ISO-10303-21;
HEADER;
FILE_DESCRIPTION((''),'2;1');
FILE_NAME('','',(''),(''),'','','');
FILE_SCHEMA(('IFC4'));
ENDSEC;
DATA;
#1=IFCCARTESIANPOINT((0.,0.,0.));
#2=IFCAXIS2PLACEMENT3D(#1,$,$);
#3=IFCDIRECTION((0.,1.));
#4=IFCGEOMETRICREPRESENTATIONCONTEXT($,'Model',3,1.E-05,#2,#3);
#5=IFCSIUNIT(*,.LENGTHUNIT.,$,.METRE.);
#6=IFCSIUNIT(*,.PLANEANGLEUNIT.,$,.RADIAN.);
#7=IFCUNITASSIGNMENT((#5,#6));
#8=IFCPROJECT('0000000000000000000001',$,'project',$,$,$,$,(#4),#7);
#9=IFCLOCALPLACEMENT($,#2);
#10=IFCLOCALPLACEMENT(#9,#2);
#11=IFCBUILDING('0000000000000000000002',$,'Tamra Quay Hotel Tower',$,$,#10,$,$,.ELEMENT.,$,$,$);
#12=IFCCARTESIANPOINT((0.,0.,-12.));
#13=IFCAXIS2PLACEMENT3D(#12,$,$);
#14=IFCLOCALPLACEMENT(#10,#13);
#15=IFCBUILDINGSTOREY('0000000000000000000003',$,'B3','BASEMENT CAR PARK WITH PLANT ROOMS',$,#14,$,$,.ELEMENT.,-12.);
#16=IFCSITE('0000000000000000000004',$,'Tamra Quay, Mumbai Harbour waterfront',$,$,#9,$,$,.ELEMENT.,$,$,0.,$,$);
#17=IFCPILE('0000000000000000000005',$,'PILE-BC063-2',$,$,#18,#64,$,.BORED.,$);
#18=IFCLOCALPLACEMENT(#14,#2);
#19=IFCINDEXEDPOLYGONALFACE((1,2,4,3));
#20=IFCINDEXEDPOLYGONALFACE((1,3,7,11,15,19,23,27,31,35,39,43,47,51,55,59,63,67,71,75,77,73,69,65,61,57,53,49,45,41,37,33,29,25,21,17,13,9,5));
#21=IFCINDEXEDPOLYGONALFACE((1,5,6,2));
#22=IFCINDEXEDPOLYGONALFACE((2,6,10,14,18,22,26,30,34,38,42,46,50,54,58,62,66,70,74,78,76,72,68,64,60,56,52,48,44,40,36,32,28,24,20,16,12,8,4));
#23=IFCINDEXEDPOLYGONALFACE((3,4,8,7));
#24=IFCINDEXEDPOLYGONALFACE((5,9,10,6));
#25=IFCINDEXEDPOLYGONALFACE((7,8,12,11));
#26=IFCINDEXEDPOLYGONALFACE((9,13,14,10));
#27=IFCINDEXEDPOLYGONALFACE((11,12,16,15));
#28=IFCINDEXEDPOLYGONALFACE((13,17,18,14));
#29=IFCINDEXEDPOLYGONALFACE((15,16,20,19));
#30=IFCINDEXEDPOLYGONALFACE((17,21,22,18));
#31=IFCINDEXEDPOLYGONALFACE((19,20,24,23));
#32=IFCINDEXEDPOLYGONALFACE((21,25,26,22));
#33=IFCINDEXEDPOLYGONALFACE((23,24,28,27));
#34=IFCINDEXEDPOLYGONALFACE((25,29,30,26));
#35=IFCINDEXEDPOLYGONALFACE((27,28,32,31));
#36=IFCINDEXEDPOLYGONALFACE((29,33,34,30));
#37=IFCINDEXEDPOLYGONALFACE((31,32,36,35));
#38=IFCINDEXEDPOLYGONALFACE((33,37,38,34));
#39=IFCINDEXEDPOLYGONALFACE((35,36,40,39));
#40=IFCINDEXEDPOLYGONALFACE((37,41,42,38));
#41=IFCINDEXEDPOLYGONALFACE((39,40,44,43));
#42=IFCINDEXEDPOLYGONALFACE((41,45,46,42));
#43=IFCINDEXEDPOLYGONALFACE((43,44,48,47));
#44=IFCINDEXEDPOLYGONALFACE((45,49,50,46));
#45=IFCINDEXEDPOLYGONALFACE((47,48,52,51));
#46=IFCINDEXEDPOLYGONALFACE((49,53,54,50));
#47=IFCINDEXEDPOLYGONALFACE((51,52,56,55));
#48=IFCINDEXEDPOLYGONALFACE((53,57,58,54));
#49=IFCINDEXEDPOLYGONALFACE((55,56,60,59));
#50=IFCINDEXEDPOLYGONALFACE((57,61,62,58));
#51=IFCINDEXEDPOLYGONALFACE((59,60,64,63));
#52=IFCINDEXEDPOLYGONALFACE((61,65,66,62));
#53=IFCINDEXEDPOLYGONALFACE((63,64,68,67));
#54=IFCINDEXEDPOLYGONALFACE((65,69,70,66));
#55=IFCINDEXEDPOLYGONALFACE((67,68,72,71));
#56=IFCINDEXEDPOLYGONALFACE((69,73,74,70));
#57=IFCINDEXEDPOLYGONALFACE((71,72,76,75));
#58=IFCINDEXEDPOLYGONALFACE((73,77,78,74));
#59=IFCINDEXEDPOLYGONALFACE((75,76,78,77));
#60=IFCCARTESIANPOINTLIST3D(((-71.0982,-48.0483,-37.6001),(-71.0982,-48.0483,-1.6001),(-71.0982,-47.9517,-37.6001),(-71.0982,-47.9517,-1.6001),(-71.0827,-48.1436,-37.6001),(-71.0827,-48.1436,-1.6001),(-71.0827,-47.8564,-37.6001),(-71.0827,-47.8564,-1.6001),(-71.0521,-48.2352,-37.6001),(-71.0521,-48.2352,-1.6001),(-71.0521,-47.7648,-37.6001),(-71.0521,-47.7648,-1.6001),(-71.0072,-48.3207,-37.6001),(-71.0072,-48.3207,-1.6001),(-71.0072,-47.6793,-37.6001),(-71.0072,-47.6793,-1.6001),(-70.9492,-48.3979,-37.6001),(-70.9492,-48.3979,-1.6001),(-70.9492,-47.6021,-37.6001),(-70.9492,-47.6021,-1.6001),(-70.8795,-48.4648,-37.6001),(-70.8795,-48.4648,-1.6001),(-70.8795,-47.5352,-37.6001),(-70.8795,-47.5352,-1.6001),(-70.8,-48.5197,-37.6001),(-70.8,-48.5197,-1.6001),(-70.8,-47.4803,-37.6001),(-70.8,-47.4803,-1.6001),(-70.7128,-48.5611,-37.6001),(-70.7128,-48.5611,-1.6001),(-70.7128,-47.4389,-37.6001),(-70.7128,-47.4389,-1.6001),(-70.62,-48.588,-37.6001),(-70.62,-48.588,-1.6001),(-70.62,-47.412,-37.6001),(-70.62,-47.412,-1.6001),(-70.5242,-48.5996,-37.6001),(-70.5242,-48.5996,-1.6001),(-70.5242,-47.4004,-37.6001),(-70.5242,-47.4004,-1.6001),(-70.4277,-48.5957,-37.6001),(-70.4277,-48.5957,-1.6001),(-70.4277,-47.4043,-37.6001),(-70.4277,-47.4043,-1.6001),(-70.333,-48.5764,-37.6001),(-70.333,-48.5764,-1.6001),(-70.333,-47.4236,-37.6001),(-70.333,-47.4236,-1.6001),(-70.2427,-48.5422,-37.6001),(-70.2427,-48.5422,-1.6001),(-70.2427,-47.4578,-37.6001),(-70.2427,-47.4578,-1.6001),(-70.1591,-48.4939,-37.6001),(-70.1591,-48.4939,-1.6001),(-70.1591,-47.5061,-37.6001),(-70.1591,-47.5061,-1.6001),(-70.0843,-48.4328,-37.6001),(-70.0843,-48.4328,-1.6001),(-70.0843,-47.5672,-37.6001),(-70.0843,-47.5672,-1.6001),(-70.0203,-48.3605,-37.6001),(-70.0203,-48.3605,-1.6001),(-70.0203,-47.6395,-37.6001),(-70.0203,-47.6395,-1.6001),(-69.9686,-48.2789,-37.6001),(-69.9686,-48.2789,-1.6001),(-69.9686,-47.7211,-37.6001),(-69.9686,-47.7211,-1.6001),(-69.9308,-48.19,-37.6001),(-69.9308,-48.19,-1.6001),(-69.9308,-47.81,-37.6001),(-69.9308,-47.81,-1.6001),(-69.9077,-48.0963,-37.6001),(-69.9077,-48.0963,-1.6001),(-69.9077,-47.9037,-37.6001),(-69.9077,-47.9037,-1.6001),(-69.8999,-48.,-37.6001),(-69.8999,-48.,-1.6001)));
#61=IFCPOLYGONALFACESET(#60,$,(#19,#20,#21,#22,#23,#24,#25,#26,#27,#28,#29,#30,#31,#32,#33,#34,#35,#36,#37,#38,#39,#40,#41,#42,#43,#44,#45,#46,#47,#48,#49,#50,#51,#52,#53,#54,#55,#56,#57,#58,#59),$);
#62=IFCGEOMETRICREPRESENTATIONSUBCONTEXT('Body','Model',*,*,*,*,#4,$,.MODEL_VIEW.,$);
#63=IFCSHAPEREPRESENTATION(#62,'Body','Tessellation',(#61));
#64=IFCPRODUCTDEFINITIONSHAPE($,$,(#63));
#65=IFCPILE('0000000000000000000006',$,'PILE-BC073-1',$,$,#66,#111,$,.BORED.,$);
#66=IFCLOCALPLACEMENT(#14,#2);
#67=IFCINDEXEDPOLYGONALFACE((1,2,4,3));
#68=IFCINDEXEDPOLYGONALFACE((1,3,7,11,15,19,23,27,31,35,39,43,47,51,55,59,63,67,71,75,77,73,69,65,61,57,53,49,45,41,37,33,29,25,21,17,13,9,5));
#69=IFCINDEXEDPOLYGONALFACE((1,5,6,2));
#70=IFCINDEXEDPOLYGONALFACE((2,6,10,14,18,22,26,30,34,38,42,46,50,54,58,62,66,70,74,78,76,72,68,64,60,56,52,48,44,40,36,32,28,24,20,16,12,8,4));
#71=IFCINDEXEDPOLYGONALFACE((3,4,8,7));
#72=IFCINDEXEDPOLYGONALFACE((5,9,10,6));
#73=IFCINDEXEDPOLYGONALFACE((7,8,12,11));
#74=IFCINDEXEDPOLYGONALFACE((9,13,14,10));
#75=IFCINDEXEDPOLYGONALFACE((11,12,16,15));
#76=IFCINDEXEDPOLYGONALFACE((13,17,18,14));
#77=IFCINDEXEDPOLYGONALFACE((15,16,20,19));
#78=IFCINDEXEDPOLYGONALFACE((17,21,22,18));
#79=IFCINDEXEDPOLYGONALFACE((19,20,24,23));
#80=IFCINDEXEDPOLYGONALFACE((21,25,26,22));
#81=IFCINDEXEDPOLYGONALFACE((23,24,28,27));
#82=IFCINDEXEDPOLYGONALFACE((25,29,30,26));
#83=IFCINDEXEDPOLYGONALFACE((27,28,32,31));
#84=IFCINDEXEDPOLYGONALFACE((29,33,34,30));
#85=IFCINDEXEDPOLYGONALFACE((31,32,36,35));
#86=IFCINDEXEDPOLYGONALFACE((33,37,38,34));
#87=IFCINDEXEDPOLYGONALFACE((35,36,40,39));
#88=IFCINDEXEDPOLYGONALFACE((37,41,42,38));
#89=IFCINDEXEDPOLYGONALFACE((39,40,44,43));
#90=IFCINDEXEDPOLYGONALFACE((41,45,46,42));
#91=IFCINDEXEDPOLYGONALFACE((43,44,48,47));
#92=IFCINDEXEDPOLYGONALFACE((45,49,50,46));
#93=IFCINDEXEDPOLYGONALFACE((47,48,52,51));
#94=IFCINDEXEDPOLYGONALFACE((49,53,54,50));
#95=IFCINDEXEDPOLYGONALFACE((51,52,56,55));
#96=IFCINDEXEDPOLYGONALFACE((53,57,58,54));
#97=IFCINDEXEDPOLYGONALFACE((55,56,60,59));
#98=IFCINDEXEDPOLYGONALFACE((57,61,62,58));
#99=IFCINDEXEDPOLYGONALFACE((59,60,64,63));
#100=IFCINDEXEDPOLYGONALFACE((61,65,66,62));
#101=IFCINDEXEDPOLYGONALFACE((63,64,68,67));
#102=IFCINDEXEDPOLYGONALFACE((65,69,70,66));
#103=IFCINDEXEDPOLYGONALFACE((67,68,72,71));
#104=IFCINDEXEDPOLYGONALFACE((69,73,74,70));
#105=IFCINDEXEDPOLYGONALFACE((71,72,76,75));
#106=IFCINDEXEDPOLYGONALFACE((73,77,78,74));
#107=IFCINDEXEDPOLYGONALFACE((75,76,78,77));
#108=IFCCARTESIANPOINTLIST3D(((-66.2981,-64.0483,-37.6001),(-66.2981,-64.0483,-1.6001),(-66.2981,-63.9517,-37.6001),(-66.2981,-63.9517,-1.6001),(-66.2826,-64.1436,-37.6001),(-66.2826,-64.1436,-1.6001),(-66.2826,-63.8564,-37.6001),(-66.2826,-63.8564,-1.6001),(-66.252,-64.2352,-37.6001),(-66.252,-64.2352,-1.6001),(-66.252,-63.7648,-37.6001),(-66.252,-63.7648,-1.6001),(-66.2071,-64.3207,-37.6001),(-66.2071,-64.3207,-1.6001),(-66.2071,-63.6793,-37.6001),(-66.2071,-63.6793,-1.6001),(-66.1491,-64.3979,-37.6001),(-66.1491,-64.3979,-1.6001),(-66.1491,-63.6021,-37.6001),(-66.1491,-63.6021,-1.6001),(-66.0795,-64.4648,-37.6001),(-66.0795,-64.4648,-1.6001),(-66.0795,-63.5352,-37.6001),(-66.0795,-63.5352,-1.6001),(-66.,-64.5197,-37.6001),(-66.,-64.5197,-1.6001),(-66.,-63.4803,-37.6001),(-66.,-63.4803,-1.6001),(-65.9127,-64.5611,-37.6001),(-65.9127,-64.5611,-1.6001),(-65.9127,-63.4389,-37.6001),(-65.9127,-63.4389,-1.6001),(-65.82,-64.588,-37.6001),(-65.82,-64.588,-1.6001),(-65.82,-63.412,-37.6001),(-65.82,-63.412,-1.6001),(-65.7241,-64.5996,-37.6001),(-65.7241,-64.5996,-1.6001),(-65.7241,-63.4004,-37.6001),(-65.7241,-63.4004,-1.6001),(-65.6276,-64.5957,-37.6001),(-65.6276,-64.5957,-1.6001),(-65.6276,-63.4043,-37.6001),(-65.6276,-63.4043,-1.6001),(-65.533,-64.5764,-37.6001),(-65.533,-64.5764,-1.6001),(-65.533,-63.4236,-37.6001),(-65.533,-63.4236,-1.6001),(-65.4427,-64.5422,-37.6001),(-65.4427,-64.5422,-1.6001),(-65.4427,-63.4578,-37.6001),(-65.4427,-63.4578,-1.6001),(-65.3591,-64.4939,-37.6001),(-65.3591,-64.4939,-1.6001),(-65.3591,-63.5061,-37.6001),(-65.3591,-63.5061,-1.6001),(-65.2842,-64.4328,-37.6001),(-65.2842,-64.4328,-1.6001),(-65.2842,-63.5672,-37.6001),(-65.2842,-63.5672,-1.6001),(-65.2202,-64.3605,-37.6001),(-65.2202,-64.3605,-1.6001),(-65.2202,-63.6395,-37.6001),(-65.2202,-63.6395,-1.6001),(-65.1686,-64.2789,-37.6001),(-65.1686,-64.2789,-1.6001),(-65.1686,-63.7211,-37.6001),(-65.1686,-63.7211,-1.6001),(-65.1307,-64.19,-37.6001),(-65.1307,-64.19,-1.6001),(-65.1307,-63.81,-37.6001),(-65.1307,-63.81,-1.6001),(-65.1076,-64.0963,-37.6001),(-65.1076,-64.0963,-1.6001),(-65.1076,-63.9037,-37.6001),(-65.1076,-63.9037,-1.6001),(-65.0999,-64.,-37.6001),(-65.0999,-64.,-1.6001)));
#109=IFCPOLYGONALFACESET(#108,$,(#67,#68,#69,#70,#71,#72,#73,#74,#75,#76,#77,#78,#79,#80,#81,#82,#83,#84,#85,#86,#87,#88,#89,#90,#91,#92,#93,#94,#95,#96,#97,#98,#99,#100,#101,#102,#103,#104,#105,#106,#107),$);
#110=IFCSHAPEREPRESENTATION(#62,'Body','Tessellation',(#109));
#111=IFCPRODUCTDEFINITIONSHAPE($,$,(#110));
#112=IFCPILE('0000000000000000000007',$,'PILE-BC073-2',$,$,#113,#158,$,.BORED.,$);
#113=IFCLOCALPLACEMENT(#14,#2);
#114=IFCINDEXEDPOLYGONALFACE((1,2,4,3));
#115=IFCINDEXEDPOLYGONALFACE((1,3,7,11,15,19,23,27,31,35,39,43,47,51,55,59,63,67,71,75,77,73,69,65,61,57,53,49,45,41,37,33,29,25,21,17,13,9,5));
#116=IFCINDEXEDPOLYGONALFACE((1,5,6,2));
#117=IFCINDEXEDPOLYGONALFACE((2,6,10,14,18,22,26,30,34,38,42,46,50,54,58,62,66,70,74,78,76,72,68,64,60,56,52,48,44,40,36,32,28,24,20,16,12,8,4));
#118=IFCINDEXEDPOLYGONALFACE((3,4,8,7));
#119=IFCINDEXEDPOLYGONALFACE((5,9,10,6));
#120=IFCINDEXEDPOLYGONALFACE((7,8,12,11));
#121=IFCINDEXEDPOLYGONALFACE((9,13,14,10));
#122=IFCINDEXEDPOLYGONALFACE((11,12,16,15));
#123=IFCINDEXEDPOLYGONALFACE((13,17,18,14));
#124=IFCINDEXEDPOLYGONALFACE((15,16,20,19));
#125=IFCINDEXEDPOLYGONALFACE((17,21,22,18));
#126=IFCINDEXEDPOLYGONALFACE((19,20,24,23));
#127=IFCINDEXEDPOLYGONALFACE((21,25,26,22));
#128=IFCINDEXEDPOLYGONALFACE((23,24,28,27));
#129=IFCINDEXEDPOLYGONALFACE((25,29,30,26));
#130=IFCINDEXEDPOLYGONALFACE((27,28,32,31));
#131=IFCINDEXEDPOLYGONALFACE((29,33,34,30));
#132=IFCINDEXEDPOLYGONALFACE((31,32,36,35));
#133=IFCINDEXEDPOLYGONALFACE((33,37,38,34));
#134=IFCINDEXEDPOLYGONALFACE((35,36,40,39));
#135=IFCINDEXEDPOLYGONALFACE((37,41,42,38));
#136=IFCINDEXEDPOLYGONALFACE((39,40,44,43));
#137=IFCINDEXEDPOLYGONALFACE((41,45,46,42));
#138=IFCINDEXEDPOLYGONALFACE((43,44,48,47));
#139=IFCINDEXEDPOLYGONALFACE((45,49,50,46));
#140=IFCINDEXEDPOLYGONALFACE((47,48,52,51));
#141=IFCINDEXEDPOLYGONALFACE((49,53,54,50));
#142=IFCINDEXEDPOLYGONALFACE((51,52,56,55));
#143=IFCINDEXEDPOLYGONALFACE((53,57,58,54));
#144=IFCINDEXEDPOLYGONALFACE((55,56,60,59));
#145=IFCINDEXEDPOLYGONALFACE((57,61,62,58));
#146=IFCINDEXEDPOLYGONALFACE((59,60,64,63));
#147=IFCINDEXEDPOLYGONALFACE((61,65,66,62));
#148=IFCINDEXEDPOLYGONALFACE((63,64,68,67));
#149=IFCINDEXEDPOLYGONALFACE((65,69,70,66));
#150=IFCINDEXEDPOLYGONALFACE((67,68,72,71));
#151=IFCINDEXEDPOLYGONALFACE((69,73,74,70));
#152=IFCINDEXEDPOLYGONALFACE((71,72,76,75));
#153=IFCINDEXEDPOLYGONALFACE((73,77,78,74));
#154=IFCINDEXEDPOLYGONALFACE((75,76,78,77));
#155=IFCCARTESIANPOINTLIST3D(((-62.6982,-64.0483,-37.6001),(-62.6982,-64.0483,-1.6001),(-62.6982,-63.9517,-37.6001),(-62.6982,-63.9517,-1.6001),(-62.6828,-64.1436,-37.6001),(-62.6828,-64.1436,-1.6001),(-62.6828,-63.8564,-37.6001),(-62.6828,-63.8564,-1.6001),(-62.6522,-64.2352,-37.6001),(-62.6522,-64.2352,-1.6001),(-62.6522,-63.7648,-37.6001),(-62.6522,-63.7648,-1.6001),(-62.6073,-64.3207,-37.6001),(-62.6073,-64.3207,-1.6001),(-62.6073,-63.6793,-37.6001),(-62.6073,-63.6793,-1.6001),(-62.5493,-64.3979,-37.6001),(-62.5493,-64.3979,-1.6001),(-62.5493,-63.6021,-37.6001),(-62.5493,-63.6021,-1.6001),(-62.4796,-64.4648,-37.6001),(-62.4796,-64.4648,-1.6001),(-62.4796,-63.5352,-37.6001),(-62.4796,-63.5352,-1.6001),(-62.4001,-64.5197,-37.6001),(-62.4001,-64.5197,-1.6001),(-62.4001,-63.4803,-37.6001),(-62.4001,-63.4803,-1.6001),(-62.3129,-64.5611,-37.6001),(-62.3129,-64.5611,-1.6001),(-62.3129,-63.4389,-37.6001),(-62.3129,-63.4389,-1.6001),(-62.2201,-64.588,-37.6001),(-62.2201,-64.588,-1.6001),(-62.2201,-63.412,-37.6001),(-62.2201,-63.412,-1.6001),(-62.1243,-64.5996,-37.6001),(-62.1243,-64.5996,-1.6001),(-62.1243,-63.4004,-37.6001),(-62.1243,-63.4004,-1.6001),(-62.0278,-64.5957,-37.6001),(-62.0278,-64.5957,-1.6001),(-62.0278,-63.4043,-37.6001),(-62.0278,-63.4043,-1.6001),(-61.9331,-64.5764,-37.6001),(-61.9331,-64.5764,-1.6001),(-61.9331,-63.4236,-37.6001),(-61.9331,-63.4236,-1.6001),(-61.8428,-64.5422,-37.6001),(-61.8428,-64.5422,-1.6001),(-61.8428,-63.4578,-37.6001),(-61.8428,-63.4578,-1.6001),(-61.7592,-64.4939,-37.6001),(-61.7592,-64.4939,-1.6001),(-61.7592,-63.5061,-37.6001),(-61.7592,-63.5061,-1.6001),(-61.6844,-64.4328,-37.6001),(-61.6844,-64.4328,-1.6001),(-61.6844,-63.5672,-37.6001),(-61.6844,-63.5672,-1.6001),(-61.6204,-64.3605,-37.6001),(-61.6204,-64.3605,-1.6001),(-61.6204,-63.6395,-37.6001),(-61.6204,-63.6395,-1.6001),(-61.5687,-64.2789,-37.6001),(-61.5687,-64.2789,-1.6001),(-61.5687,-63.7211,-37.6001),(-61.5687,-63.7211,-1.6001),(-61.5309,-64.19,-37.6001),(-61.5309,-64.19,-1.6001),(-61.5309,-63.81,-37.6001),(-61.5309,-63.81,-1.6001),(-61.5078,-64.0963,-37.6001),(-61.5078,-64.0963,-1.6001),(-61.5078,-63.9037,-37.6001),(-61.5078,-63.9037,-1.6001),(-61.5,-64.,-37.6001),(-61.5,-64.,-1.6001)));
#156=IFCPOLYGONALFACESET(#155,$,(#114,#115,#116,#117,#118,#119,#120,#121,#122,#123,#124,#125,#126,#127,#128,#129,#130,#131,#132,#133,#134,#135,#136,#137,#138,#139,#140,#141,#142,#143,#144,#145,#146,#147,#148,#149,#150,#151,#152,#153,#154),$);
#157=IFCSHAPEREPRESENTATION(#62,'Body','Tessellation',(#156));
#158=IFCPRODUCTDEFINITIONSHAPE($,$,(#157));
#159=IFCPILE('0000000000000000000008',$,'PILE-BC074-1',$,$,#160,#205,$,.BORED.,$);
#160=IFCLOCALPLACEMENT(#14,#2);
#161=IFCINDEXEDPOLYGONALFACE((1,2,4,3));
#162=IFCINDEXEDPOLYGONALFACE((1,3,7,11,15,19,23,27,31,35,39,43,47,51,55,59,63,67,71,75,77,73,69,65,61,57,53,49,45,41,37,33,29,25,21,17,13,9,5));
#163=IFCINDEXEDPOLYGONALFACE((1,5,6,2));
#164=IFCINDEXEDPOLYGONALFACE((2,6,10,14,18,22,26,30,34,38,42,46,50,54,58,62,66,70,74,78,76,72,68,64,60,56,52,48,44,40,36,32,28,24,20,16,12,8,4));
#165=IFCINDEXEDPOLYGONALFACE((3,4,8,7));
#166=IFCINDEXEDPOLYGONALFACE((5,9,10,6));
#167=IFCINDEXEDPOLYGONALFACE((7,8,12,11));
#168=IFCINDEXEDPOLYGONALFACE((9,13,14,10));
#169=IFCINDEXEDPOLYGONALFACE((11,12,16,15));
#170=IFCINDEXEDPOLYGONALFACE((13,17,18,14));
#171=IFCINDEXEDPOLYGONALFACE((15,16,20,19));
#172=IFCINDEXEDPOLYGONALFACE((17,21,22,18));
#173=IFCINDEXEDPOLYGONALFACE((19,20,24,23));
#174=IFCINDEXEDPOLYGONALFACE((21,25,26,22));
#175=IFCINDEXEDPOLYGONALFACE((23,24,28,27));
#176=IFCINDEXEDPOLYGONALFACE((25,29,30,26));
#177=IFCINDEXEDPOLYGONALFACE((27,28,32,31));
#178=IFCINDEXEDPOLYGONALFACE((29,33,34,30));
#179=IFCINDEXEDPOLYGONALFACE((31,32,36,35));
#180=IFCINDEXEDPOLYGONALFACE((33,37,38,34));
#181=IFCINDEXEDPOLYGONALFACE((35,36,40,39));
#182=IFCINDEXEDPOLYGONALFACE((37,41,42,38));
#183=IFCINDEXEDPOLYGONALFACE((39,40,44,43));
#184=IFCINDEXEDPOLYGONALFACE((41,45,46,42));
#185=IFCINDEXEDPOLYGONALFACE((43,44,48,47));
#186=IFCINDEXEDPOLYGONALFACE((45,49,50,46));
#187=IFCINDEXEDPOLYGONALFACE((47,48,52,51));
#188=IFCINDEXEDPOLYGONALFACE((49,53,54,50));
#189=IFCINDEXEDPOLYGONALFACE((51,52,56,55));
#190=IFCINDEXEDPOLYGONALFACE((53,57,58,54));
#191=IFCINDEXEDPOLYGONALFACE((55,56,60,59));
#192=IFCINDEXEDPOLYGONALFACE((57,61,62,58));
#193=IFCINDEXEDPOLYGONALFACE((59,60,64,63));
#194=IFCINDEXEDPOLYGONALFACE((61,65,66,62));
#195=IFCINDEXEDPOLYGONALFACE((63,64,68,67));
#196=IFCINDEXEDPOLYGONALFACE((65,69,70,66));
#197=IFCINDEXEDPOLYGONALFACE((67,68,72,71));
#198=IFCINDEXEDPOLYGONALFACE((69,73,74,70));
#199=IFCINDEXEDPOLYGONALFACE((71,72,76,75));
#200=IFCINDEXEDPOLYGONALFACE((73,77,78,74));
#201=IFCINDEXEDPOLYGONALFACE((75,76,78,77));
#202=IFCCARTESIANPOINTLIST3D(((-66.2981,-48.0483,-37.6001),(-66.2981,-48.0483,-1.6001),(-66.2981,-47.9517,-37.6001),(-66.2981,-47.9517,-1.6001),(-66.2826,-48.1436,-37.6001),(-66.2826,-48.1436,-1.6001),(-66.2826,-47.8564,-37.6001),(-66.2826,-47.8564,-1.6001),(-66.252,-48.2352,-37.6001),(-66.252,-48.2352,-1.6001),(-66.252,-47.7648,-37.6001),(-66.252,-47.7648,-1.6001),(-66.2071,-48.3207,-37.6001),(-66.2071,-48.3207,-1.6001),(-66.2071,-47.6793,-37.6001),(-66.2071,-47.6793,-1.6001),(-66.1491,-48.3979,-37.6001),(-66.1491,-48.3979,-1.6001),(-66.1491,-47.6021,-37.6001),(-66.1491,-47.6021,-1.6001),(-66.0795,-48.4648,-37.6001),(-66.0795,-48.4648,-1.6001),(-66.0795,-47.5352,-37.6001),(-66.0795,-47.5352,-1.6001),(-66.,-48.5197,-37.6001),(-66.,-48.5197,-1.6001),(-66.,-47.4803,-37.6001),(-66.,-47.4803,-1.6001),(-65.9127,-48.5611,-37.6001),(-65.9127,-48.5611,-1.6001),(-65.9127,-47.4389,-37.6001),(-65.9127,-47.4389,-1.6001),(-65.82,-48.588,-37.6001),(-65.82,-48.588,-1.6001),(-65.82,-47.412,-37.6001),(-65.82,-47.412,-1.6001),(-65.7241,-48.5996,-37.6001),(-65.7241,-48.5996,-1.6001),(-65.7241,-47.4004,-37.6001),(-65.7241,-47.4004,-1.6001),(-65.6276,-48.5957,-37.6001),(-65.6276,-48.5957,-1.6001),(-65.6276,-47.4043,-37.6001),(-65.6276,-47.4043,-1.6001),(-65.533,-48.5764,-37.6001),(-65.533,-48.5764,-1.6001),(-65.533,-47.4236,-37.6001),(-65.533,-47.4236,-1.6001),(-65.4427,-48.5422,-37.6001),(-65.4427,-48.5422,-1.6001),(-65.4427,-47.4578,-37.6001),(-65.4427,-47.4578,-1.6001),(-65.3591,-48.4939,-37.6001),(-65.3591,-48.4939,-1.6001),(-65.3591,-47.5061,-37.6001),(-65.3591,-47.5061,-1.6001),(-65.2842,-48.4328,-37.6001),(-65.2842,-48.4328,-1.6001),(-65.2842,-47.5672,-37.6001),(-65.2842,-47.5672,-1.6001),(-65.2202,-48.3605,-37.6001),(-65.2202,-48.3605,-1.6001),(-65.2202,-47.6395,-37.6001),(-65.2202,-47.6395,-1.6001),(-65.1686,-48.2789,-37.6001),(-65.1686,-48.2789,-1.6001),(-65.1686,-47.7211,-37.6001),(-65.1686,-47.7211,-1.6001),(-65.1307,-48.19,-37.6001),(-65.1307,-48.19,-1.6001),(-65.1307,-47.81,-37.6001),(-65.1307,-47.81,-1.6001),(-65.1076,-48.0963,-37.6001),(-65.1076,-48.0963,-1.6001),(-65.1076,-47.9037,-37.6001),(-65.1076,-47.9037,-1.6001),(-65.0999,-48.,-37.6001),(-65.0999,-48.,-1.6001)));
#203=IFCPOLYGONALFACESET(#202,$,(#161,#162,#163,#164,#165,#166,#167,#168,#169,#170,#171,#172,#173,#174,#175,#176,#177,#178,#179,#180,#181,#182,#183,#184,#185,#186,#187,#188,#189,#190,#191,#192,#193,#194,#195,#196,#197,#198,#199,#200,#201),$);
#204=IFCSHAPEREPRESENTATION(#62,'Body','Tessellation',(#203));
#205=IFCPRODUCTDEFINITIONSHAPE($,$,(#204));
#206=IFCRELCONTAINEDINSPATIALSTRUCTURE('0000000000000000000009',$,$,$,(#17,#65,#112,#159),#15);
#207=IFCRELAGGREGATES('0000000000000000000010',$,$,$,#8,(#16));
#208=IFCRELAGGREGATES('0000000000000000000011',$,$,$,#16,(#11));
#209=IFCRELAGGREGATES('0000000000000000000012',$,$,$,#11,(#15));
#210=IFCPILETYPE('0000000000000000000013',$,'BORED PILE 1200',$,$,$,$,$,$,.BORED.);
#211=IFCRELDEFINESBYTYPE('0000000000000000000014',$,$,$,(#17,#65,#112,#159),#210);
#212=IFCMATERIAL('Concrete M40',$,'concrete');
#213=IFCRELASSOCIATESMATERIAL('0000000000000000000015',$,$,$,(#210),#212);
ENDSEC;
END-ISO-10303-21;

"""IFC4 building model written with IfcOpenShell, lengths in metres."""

from ifc_helpers import new_model, si_unit, direction, frame, origin, origin_2d, place, context, subcontext, project, spatial, circle, extrude, material, material_profile, profile_set, type_object, element, save


model = new_model("IFC4")

# Units and contexts
model_context = context("Model", 3, precision=1e-05, world=origin(), true_north=direction((0.0, 1.0)))
body_context = subcontext(model_context, "Body", "Model", "MODEL_VIEW")
ifc_project = project(units=[si_unit("LENGTHUNIT", "METRE"), si_unit("PLANEANGLEUNIT", "RADIAN")], contexts=[model_context])

# Site, building, storey
site_placement = place(None, origin())
site = spatial("IfcSite", under=ifc_project, at=site_placement, Name="Tamra Quay, Mumbai Harbour waterfront", CompositionType="ELEMENT", RefElevation=0.0)
building_placement = place(site_placement, origin())
building = spatial("IfcBuilding", under=site, at=building_placement, Name="Tamra Quay Hotel Tower", CompositionType="ELEMENT")
storey_placement = place(building_placement, frame((0.0, 0.0, -12.0)))
storey = spatial("IfcBuildingStorey", under=building, at=storey_placement, Name="B3", Description="BASEMENT CAR PARK WITH PLANT ROOMS", CompositionType="ELEMENT", Elevation=-12.0)

# Piles
ifc_material_1 = material(Name="Concrete M40", Category="concrete")
ifc_material_profile_1 = material_profile(ifc_material_1, circle(Radius=0.6001, at=origin_2d()), Name="BORED PILE 1200")
ifc_profile_set_1 = profile_set([ifc_material_profile_1], Name="Concrete M40")
pile_type = type_object("IfcPileType", Name="BORED PILE 1200", PredefinedType="BORED", material=ifc_profile_set_1)
for number, where, z_axis, x_axis, name in (
    (1, (-70.5, -48.0, -1.6001), (0.0, 0.0, -1.0), (1.0, 0.0, 0.0), "PILE-BC063-2"),
    (2, (-65.7, -64.0, -1.6001), (0.0, 0.0, -1.0), (1.0, 0.0, 0.0), "PILE-BC073-1"),
    (3, (-62.1001, -64.0, -1.6001), (0.0, 0.0, -1.0), (1.0, 0.0, 0.0), "PILE-BC073-2"),
    (4, (-65.7, -48.0, -1.6001), (0.0, 0.0, -1.0), (1.0, 0.0, 0.0), "PILE-BC074-1"),
):
    element("IfcPile", number, at=place(storey_placement, frame(where, z_axis=z_axis, x_axis=x_axis)), inside=storey, type_object=pile_type, Name=name, PredefinedType="BORED", context=body_context, shape_type="SweptSolid", body=[
        extrude(circle(Radius=0.6001, at=origin_2d()), origin(), (0.0, 0.0, 1.0), 36.0),
    ])

save(model, "model.ifc")
